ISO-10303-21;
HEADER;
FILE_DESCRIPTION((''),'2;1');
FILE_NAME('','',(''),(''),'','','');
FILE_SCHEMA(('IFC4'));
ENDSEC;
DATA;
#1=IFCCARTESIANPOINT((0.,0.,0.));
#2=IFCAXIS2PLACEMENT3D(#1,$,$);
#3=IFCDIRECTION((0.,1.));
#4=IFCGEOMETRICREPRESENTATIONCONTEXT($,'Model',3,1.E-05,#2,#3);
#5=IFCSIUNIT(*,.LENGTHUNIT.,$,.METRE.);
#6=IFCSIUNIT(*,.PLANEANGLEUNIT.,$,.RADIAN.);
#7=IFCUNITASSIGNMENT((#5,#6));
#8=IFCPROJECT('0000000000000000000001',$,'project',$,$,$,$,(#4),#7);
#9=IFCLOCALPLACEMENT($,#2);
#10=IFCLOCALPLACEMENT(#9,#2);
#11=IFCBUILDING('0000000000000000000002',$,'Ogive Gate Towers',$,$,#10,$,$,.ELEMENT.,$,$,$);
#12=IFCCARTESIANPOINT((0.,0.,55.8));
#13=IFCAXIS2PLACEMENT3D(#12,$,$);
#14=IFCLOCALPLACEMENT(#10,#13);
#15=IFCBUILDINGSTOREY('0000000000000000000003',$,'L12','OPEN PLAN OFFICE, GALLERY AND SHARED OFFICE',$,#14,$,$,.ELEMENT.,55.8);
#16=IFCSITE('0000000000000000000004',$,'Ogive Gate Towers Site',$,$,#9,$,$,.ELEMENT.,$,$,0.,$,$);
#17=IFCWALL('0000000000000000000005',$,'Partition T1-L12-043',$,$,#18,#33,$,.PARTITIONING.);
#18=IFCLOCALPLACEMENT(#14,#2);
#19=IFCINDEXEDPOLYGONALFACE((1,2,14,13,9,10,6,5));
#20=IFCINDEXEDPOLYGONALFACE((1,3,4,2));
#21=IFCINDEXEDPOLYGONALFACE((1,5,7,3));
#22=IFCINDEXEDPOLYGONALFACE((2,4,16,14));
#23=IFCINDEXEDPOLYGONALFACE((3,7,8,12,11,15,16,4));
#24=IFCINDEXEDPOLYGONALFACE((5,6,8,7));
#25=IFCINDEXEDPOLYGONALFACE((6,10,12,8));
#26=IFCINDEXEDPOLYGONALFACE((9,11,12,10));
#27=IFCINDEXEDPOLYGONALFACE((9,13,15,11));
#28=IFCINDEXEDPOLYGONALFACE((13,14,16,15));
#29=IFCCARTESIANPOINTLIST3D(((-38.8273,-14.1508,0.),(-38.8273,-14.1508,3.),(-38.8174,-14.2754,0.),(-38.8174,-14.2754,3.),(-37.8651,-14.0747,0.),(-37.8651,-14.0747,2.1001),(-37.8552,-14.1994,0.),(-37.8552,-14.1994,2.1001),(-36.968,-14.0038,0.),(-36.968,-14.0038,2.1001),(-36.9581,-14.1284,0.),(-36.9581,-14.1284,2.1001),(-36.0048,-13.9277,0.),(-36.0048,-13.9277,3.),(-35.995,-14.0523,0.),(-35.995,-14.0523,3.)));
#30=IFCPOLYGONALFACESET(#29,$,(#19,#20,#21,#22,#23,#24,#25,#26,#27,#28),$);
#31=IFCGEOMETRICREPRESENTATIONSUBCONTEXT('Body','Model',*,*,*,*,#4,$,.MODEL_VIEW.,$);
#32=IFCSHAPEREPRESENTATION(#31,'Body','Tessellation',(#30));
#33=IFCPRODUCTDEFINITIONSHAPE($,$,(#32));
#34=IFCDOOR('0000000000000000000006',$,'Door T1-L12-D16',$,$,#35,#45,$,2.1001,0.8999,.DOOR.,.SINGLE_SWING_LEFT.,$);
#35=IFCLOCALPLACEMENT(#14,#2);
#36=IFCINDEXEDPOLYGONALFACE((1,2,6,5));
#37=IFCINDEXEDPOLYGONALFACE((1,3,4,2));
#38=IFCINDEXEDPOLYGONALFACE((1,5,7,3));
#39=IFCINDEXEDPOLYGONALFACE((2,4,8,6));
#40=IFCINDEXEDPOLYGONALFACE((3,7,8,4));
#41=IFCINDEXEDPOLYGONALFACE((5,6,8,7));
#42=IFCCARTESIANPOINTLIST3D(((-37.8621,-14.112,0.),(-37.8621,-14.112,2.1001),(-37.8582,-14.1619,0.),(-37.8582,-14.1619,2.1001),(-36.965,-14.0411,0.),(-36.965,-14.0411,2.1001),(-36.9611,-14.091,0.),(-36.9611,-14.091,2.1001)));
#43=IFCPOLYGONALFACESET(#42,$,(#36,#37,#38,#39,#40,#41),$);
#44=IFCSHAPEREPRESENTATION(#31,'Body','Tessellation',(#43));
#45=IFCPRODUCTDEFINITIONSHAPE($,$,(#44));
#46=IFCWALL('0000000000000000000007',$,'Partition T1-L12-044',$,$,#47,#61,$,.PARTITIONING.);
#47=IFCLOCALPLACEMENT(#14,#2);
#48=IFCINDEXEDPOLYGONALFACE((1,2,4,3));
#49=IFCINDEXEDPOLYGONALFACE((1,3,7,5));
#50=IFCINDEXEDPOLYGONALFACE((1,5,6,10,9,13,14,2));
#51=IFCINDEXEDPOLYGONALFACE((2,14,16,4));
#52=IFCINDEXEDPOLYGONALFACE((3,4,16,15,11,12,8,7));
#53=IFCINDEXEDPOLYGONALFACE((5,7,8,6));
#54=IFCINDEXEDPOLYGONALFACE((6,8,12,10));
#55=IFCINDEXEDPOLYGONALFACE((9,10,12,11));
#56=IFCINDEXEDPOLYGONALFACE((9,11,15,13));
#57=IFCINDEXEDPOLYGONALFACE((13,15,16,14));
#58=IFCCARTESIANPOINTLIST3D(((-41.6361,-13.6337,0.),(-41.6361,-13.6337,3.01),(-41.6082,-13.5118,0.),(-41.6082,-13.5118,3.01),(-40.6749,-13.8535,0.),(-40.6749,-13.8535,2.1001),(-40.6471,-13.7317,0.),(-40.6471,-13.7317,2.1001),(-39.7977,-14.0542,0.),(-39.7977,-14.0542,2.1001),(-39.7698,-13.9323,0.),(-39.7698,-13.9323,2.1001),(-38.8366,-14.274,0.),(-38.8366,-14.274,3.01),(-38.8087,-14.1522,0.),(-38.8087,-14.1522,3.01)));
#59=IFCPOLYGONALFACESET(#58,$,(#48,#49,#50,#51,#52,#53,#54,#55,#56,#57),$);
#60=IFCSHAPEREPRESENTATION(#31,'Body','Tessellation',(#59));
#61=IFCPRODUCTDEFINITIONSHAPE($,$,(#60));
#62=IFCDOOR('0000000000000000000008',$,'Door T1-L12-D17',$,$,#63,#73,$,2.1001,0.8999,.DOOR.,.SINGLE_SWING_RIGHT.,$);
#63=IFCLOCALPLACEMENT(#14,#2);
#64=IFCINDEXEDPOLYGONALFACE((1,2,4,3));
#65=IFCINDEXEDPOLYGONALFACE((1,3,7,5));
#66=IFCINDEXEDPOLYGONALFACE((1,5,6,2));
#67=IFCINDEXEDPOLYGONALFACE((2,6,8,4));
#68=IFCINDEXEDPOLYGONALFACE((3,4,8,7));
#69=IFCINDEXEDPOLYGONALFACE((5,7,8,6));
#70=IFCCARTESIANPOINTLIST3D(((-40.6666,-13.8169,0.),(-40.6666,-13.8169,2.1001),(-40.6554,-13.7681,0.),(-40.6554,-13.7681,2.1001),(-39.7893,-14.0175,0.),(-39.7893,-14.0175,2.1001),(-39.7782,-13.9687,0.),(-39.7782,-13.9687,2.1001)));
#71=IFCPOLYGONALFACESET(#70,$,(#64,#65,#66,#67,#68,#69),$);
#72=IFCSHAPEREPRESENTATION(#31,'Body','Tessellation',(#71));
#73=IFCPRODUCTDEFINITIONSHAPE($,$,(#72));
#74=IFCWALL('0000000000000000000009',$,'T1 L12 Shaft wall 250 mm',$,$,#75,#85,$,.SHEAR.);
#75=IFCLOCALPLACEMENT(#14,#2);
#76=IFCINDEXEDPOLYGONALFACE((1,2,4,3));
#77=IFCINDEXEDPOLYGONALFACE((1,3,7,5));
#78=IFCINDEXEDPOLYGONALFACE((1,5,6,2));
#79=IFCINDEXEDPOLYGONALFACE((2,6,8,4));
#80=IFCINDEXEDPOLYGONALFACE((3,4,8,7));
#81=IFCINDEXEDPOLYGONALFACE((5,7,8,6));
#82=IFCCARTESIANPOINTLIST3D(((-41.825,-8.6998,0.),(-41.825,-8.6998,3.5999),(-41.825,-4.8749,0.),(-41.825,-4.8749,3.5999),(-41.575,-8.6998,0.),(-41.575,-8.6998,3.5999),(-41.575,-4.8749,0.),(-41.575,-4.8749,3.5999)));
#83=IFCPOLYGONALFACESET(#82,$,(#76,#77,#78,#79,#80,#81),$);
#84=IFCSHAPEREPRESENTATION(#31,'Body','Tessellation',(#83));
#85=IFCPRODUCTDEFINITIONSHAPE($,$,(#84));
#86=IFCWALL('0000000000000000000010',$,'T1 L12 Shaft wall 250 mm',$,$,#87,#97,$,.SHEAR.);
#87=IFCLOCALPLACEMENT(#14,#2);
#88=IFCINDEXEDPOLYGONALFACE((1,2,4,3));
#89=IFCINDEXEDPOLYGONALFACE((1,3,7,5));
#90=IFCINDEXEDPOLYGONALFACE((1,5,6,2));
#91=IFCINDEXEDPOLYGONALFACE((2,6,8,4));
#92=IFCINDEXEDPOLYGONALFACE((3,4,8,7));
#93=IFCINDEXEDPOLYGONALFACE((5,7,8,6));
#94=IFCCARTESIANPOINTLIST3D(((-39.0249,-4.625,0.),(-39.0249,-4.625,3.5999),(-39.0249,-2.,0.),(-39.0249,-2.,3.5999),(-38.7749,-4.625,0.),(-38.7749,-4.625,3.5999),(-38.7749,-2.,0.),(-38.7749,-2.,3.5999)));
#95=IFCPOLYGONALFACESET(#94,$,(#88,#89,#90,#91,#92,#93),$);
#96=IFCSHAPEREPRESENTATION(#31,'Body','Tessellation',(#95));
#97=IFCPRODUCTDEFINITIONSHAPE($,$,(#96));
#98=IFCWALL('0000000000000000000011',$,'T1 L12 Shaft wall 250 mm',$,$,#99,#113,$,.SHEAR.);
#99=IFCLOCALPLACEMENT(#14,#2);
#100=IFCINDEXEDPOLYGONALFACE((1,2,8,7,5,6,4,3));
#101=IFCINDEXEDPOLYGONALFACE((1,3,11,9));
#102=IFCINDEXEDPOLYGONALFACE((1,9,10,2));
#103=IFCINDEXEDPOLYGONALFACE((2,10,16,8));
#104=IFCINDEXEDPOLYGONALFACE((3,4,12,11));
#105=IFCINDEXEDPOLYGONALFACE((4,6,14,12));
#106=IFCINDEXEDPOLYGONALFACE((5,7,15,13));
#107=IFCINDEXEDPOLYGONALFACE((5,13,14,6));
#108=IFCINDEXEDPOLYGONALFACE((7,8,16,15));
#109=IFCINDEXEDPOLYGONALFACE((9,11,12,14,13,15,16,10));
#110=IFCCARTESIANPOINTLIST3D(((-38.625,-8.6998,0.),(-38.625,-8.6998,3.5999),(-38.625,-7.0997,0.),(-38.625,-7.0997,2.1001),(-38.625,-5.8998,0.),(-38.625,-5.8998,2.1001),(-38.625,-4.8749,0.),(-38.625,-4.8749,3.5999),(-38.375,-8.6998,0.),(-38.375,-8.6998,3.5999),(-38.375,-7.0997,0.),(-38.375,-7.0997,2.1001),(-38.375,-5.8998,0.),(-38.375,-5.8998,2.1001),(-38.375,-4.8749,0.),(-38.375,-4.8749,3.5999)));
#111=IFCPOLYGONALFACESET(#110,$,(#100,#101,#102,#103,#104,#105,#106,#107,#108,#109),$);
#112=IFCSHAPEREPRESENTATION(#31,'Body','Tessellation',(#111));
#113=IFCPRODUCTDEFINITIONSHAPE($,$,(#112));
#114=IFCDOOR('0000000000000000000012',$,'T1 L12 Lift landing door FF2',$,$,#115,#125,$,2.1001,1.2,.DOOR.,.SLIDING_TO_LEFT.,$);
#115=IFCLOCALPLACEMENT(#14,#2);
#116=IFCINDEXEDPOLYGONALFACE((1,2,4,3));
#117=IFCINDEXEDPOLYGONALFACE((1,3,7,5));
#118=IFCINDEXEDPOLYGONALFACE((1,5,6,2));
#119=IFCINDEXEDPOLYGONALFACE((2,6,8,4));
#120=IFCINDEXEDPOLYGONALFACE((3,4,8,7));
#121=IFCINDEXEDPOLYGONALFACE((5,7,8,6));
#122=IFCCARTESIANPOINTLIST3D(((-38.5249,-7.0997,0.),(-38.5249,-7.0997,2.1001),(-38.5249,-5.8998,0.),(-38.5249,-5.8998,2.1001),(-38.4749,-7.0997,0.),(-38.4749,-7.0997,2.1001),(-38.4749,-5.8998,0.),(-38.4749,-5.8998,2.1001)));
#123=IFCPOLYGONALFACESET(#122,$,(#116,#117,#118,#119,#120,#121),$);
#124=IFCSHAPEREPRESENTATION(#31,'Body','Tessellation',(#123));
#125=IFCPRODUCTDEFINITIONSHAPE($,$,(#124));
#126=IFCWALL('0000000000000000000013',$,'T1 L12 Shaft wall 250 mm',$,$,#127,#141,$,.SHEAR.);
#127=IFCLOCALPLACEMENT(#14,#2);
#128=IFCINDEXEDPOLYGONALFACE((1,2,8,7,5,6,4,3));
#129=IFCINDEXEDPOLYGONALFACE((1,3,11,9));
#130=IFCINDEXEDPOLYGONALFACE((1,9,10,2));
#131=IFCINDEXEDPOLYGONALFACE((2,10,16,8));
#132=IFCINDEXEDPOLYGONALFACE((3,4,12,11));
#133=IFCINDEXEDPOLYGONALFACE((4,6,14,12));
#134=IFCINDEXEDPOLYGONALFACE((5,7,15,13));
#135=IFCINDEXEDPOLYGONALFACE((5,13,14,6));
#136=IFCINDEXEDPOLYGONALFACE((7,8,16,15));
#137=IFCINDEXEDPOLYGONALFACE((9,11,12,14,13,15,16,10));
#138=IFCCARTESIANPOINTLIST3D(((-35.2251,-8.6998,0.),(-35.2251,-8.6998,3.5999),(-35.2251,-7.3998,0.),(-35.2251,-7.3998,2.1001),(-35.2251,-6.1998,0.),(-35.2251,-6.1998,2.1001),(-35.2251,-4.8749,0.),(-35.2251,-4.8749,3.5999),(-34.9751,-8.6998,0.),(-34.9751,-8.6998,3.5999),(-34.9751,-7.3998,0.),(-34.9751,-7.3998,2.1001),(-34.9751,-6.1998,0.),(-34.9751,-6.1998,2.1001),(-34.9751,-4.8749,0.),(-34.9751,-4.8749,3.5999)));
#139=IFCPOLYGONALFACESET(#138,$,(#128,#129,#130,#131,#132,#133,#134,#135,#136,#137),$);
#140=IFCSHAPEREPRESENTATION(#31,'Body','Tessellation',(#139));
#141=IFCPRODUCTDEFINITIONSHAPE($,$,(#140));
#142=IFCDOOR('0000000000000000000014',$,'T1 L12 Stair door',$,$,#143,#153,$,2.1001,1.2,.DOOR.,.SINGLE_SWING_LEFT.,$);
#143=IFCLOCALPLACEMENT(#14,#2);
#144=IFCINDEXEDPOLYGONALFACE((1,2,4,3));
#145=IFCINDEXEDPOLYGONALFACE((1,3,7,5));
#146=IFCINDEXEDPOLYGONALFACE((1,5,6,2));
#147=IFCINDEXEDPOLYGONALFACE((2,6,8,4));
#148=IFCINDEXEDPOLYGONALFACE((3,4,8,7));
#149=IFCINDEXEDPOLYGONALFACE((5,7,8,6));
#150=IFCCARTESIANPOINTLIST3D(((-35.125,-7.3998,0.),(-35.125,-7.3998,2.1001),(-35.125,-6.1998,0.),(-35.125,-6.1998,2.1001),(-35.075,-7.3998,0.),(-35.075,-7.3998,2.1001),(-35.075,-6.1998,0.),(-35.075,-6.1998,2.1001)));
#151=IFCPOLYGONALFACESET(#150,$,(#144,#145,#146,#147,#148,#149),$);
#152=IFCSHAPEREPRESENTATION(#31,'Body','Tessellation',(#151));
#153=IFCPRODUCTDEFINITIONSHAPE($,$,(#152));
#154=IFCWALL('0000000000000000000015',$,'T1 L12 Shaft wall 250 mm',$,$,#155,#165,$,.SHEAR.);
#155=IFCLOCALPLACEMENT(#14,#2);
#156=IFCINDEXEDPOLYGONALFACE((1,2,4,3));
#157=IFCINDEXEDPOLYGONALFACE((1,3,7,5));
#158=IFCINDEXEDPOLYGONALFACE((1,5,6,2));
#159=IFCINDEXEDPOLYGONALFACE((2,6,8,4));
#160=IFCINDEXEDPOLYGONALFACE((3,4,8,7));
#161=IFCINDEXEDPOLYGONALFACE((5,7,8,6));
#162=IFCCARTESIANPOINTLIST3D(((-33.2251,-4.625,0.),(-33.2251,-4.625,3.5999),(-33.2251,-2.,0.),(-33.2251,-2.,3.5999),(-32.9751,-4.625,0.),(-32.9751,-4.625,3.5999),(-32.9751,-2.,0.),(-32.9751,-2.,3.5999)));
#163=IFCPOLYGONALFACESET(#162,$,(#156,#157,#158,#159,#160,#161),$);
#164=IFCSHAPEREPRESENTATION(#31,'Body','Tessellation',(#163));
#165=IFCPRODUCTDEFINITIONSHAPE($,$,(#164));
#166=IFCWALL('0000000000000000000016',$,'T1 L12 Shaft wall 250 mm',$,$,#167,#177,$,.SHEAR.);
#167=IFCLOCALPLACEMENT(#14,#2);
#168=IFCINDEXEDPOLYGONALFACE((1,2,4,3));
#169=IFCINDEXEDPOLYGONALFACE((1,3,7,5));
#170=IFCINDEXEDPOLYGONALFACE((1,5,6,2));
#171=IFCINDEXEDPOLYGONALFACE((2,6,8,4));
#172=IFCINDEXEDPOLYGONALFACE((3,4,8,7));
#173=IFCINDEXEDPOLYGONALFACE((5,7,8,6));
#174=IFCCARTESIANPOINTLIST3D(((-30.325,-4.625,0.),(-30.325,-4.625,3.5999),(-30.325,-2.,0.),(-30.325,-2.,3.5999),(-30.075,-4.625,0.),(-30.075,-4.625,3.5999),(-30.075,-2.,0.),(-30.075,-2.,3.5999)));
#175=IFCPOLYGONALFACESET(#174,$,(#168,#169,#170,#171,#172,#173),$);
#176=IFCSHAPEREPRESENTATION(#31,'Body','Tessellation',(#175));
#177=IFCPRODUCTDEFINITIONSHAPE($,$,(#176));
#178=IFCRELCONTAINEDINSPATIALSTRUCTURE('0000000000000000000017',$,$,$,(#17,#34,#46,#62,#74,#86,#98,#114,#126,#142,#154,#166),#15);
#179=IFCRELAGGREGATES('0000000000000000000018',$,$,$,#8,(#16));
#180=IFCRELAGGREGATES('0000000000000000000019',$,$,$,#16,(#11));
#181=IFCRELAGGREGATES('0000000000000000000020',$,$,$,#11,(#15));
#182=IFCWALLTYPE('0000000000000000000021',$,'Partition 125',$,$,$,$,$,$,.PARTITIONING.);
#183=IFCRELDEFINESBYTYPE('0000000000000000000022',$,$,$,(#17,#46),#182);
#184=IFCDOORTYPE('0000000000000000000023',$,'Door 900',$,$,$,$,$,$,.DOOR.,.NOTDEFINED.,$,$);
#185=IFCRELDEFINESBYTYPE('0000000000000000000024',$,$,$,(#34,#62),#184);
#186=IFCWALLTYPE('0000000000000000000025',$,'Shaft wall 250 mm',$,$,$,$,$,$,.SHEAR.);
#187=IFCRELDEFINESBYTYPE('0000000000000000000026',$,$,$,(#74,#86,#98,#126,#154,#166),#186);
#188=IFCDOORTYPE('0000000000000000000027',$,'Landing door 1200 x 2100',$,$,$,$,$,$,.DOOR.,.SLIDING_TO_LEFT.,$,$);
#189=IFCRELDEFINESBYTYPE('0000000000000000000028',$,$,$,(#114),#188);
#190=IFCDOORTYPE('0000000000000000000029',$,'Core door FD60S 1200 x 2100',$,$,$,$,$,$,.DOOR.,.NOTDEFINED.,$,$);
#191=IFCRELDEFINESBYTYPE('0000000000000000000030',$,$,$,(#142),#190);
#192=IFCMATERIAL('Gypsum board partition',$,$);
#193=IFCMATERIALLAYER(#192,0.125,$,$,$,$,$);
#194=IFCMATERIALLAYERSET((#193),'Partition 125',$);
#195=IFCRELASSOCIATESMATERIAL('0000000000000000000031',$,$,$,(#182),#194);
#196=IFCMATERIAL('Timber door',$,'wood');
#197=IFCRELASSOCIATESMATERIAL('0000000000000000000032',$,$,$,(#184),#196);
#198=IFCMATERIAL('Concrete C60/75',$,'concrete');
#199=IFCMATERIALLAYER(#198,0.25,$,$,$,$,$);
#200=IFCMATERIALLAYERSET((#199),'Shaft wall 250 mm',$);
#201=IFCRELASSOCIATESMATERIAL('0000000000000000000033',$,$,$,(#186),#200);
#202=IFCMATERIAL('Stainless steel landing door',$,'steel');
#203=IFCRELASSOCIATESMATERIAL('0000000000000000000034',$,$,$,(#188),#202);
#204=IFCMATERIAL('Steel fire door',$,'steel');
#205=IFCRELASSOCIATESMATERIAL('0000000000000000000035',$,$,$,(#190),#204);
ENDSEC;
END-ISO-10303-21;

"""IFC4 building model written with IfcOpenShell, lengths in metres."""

from ifc_helpers import new_model, si_unit, direction, frame, frame_2d, origin, place, context, subcontext, project, spatial, rectangle, extrude, material, layer, layer_set, type_object, element, fill, save


model = new_model("IFC4")

# Units and contexts
model_context = context("Model", 3, precision=1e-05, world=origin(), true_north=direction((0.0, 1.0)))
body_context = subcontext(model_context, "Body", "Model", "MODEL_VIEW")
ifc_project = project(units=[si_unit("LENGTHUNIT", "METRE"), si_unit("PLANEANGLEUNIT", "RADIAN")], contexts=[model_context])

# Site, building, storey
site_placement = place(None, origin())
site = spatial("IfcSite", under=ifc_project, at=site_placement, Name="Ogive Gate Towers Site", CompositionType="ELEMENT", RefElevation=0.0)
building_placement = place(site_placement, origin())
building = spatial("IfcBuilding", under=site, at=building_placement, Name="Ogive Gate Towers", CompositionType="ELEMENT")
storey_placement = place(building_placement, frame((0.0, 0.0, 55.8)))
storey = spatial("IfcBuildingStorey", under=building, at=storey_placement, Name="L12", Description="OPEN PLAN OFFICE, GALLERY AND SHARED OFFICE", CompositionType="ELEMENT", Elevation=55.8)

# Walls, openings, doors
ifc_material_1 = material(Name="Gypsum board partition")
ifc_layer_1 = layer(ifc_material_1, 0.125)
ifc_layer_set_1 = layer_set([ifc_layer_1], Name="Partition 125")
wall_type_1 = type_object("IfcWallType", Name="Partition 125", PredefinedType="PARTITIONING", material=ifc_layer_set_1)
ifc_material_2 = material(Name="Timber door", Category="wood")
wall_1_placement = place(storey_placement, frame((-36.0, -13.99, 0.0), z_axis=(0.0, 0.0, 1.0), x_axis=(-0.996889, -0.078813, 0.0)))
wall_1 = element("IfcWall", 1, at=wall_1_placement, inside=storey, type_object=wall_type_1, Name="Partition T1-L12-043", PredefinedType="PARTITIONING", context=body_context, shape_type="SweptSolid", body=[
    extrude(rectangle(XDim=2.8313, YDim=0.125, at=frame_2d((1.4155, 0.0))), origin(), (0.0, 0.0, 1.0), 3.0),
])
opening_1_placement = place(wall_1_placement, frame((0.9661, 0.0, 0.0)))
opening_1 = element("IfcOpeningElement", 2, at=opening_1_placement, cuts=wall_1, PredefinedType="OPENING", context=body_context, shape_type="SweptSolid", body=[
    extrude(rectangle(XDim=0.8999, YDim=2.1001, at=frame_2d((0.45, 1.05))), frame((0.0, 0.0725, 0.0), z_axis=(0.0, -1.0, 0.0), x_axis=(1.0, 0.0, 0.0)), (0.0, 0.0, 1.0), 0.145),
])
door_type_1 = type_object("IfcDoorType", Name="Door 900", OperationType="NOTDEFINED", PredefinedType="DOOR", material=ifc_material_2)
door_1_placement = place(opening_1_placement, origin())
door_1 = element("IfcDoor", 3, at=door_1_placement, inside=storey, type_object=door_type_1, Name="Door T1-L12-D16", OperationType="SINGLE_SWING_LEFT", OverallHeight=2.1001, OverallWidth=0.8999, PredefinedType="DOOR", context=body_context, shape_type="SweptSolid", body=[
    extrude(rectangle(XDim=0.8999, YDim=2.1001, at=frame_2d((0.45, 1.05))), frame((0.0, 0.0249, 0.0), z_axis=(0.0, -1.0, 0.0), x_axis=(1.0, 0.0, 0.0)), (0.0, 0.0, 1.0), 0.05),
])
fill(opening_1, door_1)
wall_2_placement = place(storey_placement, frame((-38.8225, -14.2131, 0.0), z_axis=(0.0, 0.0, 1.0), x_axis=(-0.974822, 0.222984, 0.0)))
wall_2 = element("IfcWall", 4, at=wall_2_placement, inside=storey, type_object=wall_type_1, Name="Partition T1-L12-044", PredefinedType="PARTITIONING", context=body_context, shape_type="SweptSolid", body=[
    extrude(rectangle(XDim=2.8718, YDim=0.125, at=frame_2d((1.436, 0.0))), origin(), (0.0, 0.0, 1.0), 3.01),
])
opening_2_placement = place(wall_2_placement, frame((0.9861, 0.0, 0.0)))
opening_2 = element("IfcOpeningElement", 5, at=opening_2_placement, cuts=wall_2, PredefinedType="OPENING", context=body_context, shape_type="SweptSolid", body=[
    extrude(rectangle(XDim=0.8999, YDim=2.1001, at=frame_2d((0.45, 1.05))), frame((0.0, 0.0725, 0.0), z_axis=(0.0, -1.0, 0.0), x_axis=(1.0, 0.0, 0.0)), (0.0, 0.0, 1.0), 0.145),
])
door_2_placement = place(opening_2_placement, origin())
door_2 = element("IfcDoor", 6, at=door_2_placement, inside=storey, type_object=door_type_1, Name="Door T1-L12-D17", OperationType="SINGLE_SWING_RIGHT", OverallHeight=2.1001, OverallWidth=0.8999, PredefinedType="DOOR", context=body_context, shape_type="SweptSolid", body=[
    extrude(rectangle(XDim=0.8999, YDim=2.1001, at=frame_2d((0.45, 1.05))), frame((0.0, 0.0249, 0.0), z_axis=(0.0, -1.0, 0.0), x_axis=(1.0, 0.0, 0.0)), (0.0, 0.0, 1.0), 0.05),
])
fill(opening_2, door_2)

# Walls
ifc_material_3 = material(Name="Concrete C60/75", Category="concrete")
ifc_layer_2 = layer(ifc_material_3, 0.25)
ifc_layer_set_2 = layer_set([ifc_layer_2], Name="Shaft wall 250 mm")
wall_type_2 = type_object("IfcWallType", Name="Shaft wall 250 mm", PredefinedType="SHEAR", material=ifc_layer_set_2)
wall_3_placement = place(storey_placement, frame((-41.7, -8.7, 0.0), z_axis=(0.0, 0.0, 1.0), x_axis=(0.0, 1.0, 0.0)))
element("IfcWall", 7, at=wall_3_placement, inside=storey, type_object=wall_type_2, Name="T1 L12 Shaft wall 250 mm", PredefinedType="SHEAR", context=body_context, shape_type="SweptSolid", body=[
    extrude(rectangle(XDim=3.825, YDim=0.25, at=frame_2d((1.9126, 0.0))), origin(), (0.0, 0.0, 1.0), 3.5999),
])
wall_4_placement = place(storey_placement, frame((-38.8999, -4.625, 0.0), z_axis=(0.0, 0.0, 1.0), x_axis=(0.0, 1.0, 0.0)))
element("IfcWall", 8, at=wall_4_placement, inside=storey, type_object=wall_type_2, Name="T1 L12 Shaft wall 250 mm", PredefinedType="SHEAR", context=body_context, shape_type="SweptSolid", body=[
    extrude(rectangle(XDim=2.625, YDim=0.25, at=frame_2d((1.3125, 0.0))), origin(), (0.0, 0.0, 1.0), 3.5999),
])

# Walls, openings, doors
wall_5_placement = place(storey_placement, frame((-38.5, -8.7, 0.0), z_axis=(0.0, 0.0, 1.0), x_axis=(0.0, 1.0, 0.0)))
wall_5 = element("IfcWall", 9, at=wall_5_placement, inside=storey, type_object=wall_type_2, Name="T1 L12 Shaft wall 250 mm", PredefinedType="SHEAR", context=body_context, shape_type="SweptSolid", body=[
    extrude(rectangle(XDim=3.825, YDim=0.25, at=frame_2d((1.9126, 0.0))), origin(), (0.0, 0.0, 1.0), 3.5999),
])
opening_3_placement = place(wall_5_placement, frame((1.6001, 0.0, 0.0)))
opening_3 = element("IfcOpeningElement", 10, at=opening_3_placement, cuts=wall_5, PredefinedType="OPENING", context=body_context, shape_type="SweptSolid", body=[
    extrude(rectangle(XDim=1.2, YDim=2.1001, at=frame_2d((0.6001, 1.05))), frame((0.0, 0.135, 0.0), z_axis=(0.0, -1.0, 0.0), x_axis=(1.0, 0.0, 0.0)), (0.0, 0.0, 1.0), 0.27),
])
ifc_material_4 = material(Name="Stainless steel landing door", Category="steel")
door_type_2 = type_object("IfcDoorType", Name="Landing door 1200 x 2100", OperationType="SLIDING_TO_LEFT", PredefinedType="DOOR", material=ifc_material_4)
door_3_placement = place(opening_3_placement, origin())
door_3 = element("IfcDoor", 11, at=door_3_placement, inside=storey, type_object=door_type_2, Name="T1 L12 Lift landing door FF2", OperationType="SLIDING_TO_LEFT", OverallHeight=2.1001, OverallWidth=1.2, PredefinedType="DOOR", context=body_context, shape_type="SweptSolid", body=[
    extrude(rectangle(XDim=1.2, YDim=2.1001, at=frame_2d((0.6001, 1.05))), frame((0.0, 0.0249, 0.0), z_axis=(0.0, -1.0, 0.0), x_axis=(1.0, 0.0, 0.0)), (0.0, 0.0, 1.0), 0.05),
])
fill(opening_3, door_3)
wall_6_placement = place(storey_placement, frame((-35.1001, -8.7, 0.0), z_axis=(0.0, 0.0, 1.0), x_axis=(0.0, 1.0, 0.0)))
wall_6 = element("IfcWall", 12, at=wall_6_placement, inside=storey, type_object=wall_type_2, Name="T1 L12 Shaft wall 250 mm", PredefinedType="SHEAR", context=body_context, shape_type="SweptSolid", body=[
    extrude(rectangle(XDim=3.825, YDim=0.25, at=frame_2d((1.9126, 0.0))), origin(), (0.0, 0.0, 1.0), 3.5999),
])
opening_4_placement = place(wall_6_placement, frame((1.3, 0.0, 0.0)))
opening_4 = element("IfcOpeningElement", 13, at=opening_4_placement, cuts=wall_6, PredefinedType="OPENING", context=body_context, shape_type="SweptSolid", body=[
    extrude(rectangle(XDim=1.2, YDim=2.1001, at=frame_2d((0.6001, 1.05))), frame((0.0, 0.135, 0.0), z_axis=(0.0, -1.0, 0.0), x_axis=(1.0, 0.0, 0.0)), (0.0, 0.0, 1.0), 0.27),
])
ifc_material_5 = material(Name="Steel fire door", Category="steel")
door_type_3 = type_object("IfcDoorType", Name="Core door FD60S 1200 x 2100", OperationType="NOTDEFINED", PredefinedType="DOOR", material=ifc_material_5)
door_4_placement = place(opening_4_placement, origin())
door_4 = element("IfcDoor", 14, at=door_4_placement, inside=storey, type_object=door_type_3, Name="T1 L12 Stair door", OperationType="SINGLE_SWING_LEFT", OverallHeight=2.1001, OverallWidth=1.2, PredefinedType="DOOR", context=body_context, shape_type="SweptSolid", body=[
    extrude(rectangle(XDim=1.2, YDim=2.1001, at=frame_2d((0.6001, 1.05))), frame((0.0, 0.0249, 0.0), z_axis=(0.0, -1.0, 0.0), x_axis=(1.0, 0.0, 0.0)), (0.0, 0.0, 1.0), 0.05),
])
fill(opening_4, door_4)

# Walls
for number, where, z_axis, x_axis, name in (
    (15, (-33.1001, -4.625, 0.0), (0.0, 0.0, 1.0), (0.0, 1.0, 0.0), "T1 L12 Shaft wall 250 mm"),
    (16, (-30.2, -4.625, 0.0), (0.0, 0.0, 1.0), (0.0, 1.0, 0.0), "T1 L12 Shaft wall 250 mm"),
):
    element("IfcWall", number, at=place(storey_placement, frame(where, z_axis=z_axis, x_axis=x_axis)), inside=storey, type_object=wall_type_2, Name=name, PredefinedType="SHEAR", context=body_context, shape_type="SweptSolid", body=[
        extrude(rectangle(XDim=2.625, YDim=0.25, at=frame_2d((1.3125, 0.0))), origin(), (0.0, 0.0, 1.0), 3.5999),
    ])

save(model, "model.ifc")
